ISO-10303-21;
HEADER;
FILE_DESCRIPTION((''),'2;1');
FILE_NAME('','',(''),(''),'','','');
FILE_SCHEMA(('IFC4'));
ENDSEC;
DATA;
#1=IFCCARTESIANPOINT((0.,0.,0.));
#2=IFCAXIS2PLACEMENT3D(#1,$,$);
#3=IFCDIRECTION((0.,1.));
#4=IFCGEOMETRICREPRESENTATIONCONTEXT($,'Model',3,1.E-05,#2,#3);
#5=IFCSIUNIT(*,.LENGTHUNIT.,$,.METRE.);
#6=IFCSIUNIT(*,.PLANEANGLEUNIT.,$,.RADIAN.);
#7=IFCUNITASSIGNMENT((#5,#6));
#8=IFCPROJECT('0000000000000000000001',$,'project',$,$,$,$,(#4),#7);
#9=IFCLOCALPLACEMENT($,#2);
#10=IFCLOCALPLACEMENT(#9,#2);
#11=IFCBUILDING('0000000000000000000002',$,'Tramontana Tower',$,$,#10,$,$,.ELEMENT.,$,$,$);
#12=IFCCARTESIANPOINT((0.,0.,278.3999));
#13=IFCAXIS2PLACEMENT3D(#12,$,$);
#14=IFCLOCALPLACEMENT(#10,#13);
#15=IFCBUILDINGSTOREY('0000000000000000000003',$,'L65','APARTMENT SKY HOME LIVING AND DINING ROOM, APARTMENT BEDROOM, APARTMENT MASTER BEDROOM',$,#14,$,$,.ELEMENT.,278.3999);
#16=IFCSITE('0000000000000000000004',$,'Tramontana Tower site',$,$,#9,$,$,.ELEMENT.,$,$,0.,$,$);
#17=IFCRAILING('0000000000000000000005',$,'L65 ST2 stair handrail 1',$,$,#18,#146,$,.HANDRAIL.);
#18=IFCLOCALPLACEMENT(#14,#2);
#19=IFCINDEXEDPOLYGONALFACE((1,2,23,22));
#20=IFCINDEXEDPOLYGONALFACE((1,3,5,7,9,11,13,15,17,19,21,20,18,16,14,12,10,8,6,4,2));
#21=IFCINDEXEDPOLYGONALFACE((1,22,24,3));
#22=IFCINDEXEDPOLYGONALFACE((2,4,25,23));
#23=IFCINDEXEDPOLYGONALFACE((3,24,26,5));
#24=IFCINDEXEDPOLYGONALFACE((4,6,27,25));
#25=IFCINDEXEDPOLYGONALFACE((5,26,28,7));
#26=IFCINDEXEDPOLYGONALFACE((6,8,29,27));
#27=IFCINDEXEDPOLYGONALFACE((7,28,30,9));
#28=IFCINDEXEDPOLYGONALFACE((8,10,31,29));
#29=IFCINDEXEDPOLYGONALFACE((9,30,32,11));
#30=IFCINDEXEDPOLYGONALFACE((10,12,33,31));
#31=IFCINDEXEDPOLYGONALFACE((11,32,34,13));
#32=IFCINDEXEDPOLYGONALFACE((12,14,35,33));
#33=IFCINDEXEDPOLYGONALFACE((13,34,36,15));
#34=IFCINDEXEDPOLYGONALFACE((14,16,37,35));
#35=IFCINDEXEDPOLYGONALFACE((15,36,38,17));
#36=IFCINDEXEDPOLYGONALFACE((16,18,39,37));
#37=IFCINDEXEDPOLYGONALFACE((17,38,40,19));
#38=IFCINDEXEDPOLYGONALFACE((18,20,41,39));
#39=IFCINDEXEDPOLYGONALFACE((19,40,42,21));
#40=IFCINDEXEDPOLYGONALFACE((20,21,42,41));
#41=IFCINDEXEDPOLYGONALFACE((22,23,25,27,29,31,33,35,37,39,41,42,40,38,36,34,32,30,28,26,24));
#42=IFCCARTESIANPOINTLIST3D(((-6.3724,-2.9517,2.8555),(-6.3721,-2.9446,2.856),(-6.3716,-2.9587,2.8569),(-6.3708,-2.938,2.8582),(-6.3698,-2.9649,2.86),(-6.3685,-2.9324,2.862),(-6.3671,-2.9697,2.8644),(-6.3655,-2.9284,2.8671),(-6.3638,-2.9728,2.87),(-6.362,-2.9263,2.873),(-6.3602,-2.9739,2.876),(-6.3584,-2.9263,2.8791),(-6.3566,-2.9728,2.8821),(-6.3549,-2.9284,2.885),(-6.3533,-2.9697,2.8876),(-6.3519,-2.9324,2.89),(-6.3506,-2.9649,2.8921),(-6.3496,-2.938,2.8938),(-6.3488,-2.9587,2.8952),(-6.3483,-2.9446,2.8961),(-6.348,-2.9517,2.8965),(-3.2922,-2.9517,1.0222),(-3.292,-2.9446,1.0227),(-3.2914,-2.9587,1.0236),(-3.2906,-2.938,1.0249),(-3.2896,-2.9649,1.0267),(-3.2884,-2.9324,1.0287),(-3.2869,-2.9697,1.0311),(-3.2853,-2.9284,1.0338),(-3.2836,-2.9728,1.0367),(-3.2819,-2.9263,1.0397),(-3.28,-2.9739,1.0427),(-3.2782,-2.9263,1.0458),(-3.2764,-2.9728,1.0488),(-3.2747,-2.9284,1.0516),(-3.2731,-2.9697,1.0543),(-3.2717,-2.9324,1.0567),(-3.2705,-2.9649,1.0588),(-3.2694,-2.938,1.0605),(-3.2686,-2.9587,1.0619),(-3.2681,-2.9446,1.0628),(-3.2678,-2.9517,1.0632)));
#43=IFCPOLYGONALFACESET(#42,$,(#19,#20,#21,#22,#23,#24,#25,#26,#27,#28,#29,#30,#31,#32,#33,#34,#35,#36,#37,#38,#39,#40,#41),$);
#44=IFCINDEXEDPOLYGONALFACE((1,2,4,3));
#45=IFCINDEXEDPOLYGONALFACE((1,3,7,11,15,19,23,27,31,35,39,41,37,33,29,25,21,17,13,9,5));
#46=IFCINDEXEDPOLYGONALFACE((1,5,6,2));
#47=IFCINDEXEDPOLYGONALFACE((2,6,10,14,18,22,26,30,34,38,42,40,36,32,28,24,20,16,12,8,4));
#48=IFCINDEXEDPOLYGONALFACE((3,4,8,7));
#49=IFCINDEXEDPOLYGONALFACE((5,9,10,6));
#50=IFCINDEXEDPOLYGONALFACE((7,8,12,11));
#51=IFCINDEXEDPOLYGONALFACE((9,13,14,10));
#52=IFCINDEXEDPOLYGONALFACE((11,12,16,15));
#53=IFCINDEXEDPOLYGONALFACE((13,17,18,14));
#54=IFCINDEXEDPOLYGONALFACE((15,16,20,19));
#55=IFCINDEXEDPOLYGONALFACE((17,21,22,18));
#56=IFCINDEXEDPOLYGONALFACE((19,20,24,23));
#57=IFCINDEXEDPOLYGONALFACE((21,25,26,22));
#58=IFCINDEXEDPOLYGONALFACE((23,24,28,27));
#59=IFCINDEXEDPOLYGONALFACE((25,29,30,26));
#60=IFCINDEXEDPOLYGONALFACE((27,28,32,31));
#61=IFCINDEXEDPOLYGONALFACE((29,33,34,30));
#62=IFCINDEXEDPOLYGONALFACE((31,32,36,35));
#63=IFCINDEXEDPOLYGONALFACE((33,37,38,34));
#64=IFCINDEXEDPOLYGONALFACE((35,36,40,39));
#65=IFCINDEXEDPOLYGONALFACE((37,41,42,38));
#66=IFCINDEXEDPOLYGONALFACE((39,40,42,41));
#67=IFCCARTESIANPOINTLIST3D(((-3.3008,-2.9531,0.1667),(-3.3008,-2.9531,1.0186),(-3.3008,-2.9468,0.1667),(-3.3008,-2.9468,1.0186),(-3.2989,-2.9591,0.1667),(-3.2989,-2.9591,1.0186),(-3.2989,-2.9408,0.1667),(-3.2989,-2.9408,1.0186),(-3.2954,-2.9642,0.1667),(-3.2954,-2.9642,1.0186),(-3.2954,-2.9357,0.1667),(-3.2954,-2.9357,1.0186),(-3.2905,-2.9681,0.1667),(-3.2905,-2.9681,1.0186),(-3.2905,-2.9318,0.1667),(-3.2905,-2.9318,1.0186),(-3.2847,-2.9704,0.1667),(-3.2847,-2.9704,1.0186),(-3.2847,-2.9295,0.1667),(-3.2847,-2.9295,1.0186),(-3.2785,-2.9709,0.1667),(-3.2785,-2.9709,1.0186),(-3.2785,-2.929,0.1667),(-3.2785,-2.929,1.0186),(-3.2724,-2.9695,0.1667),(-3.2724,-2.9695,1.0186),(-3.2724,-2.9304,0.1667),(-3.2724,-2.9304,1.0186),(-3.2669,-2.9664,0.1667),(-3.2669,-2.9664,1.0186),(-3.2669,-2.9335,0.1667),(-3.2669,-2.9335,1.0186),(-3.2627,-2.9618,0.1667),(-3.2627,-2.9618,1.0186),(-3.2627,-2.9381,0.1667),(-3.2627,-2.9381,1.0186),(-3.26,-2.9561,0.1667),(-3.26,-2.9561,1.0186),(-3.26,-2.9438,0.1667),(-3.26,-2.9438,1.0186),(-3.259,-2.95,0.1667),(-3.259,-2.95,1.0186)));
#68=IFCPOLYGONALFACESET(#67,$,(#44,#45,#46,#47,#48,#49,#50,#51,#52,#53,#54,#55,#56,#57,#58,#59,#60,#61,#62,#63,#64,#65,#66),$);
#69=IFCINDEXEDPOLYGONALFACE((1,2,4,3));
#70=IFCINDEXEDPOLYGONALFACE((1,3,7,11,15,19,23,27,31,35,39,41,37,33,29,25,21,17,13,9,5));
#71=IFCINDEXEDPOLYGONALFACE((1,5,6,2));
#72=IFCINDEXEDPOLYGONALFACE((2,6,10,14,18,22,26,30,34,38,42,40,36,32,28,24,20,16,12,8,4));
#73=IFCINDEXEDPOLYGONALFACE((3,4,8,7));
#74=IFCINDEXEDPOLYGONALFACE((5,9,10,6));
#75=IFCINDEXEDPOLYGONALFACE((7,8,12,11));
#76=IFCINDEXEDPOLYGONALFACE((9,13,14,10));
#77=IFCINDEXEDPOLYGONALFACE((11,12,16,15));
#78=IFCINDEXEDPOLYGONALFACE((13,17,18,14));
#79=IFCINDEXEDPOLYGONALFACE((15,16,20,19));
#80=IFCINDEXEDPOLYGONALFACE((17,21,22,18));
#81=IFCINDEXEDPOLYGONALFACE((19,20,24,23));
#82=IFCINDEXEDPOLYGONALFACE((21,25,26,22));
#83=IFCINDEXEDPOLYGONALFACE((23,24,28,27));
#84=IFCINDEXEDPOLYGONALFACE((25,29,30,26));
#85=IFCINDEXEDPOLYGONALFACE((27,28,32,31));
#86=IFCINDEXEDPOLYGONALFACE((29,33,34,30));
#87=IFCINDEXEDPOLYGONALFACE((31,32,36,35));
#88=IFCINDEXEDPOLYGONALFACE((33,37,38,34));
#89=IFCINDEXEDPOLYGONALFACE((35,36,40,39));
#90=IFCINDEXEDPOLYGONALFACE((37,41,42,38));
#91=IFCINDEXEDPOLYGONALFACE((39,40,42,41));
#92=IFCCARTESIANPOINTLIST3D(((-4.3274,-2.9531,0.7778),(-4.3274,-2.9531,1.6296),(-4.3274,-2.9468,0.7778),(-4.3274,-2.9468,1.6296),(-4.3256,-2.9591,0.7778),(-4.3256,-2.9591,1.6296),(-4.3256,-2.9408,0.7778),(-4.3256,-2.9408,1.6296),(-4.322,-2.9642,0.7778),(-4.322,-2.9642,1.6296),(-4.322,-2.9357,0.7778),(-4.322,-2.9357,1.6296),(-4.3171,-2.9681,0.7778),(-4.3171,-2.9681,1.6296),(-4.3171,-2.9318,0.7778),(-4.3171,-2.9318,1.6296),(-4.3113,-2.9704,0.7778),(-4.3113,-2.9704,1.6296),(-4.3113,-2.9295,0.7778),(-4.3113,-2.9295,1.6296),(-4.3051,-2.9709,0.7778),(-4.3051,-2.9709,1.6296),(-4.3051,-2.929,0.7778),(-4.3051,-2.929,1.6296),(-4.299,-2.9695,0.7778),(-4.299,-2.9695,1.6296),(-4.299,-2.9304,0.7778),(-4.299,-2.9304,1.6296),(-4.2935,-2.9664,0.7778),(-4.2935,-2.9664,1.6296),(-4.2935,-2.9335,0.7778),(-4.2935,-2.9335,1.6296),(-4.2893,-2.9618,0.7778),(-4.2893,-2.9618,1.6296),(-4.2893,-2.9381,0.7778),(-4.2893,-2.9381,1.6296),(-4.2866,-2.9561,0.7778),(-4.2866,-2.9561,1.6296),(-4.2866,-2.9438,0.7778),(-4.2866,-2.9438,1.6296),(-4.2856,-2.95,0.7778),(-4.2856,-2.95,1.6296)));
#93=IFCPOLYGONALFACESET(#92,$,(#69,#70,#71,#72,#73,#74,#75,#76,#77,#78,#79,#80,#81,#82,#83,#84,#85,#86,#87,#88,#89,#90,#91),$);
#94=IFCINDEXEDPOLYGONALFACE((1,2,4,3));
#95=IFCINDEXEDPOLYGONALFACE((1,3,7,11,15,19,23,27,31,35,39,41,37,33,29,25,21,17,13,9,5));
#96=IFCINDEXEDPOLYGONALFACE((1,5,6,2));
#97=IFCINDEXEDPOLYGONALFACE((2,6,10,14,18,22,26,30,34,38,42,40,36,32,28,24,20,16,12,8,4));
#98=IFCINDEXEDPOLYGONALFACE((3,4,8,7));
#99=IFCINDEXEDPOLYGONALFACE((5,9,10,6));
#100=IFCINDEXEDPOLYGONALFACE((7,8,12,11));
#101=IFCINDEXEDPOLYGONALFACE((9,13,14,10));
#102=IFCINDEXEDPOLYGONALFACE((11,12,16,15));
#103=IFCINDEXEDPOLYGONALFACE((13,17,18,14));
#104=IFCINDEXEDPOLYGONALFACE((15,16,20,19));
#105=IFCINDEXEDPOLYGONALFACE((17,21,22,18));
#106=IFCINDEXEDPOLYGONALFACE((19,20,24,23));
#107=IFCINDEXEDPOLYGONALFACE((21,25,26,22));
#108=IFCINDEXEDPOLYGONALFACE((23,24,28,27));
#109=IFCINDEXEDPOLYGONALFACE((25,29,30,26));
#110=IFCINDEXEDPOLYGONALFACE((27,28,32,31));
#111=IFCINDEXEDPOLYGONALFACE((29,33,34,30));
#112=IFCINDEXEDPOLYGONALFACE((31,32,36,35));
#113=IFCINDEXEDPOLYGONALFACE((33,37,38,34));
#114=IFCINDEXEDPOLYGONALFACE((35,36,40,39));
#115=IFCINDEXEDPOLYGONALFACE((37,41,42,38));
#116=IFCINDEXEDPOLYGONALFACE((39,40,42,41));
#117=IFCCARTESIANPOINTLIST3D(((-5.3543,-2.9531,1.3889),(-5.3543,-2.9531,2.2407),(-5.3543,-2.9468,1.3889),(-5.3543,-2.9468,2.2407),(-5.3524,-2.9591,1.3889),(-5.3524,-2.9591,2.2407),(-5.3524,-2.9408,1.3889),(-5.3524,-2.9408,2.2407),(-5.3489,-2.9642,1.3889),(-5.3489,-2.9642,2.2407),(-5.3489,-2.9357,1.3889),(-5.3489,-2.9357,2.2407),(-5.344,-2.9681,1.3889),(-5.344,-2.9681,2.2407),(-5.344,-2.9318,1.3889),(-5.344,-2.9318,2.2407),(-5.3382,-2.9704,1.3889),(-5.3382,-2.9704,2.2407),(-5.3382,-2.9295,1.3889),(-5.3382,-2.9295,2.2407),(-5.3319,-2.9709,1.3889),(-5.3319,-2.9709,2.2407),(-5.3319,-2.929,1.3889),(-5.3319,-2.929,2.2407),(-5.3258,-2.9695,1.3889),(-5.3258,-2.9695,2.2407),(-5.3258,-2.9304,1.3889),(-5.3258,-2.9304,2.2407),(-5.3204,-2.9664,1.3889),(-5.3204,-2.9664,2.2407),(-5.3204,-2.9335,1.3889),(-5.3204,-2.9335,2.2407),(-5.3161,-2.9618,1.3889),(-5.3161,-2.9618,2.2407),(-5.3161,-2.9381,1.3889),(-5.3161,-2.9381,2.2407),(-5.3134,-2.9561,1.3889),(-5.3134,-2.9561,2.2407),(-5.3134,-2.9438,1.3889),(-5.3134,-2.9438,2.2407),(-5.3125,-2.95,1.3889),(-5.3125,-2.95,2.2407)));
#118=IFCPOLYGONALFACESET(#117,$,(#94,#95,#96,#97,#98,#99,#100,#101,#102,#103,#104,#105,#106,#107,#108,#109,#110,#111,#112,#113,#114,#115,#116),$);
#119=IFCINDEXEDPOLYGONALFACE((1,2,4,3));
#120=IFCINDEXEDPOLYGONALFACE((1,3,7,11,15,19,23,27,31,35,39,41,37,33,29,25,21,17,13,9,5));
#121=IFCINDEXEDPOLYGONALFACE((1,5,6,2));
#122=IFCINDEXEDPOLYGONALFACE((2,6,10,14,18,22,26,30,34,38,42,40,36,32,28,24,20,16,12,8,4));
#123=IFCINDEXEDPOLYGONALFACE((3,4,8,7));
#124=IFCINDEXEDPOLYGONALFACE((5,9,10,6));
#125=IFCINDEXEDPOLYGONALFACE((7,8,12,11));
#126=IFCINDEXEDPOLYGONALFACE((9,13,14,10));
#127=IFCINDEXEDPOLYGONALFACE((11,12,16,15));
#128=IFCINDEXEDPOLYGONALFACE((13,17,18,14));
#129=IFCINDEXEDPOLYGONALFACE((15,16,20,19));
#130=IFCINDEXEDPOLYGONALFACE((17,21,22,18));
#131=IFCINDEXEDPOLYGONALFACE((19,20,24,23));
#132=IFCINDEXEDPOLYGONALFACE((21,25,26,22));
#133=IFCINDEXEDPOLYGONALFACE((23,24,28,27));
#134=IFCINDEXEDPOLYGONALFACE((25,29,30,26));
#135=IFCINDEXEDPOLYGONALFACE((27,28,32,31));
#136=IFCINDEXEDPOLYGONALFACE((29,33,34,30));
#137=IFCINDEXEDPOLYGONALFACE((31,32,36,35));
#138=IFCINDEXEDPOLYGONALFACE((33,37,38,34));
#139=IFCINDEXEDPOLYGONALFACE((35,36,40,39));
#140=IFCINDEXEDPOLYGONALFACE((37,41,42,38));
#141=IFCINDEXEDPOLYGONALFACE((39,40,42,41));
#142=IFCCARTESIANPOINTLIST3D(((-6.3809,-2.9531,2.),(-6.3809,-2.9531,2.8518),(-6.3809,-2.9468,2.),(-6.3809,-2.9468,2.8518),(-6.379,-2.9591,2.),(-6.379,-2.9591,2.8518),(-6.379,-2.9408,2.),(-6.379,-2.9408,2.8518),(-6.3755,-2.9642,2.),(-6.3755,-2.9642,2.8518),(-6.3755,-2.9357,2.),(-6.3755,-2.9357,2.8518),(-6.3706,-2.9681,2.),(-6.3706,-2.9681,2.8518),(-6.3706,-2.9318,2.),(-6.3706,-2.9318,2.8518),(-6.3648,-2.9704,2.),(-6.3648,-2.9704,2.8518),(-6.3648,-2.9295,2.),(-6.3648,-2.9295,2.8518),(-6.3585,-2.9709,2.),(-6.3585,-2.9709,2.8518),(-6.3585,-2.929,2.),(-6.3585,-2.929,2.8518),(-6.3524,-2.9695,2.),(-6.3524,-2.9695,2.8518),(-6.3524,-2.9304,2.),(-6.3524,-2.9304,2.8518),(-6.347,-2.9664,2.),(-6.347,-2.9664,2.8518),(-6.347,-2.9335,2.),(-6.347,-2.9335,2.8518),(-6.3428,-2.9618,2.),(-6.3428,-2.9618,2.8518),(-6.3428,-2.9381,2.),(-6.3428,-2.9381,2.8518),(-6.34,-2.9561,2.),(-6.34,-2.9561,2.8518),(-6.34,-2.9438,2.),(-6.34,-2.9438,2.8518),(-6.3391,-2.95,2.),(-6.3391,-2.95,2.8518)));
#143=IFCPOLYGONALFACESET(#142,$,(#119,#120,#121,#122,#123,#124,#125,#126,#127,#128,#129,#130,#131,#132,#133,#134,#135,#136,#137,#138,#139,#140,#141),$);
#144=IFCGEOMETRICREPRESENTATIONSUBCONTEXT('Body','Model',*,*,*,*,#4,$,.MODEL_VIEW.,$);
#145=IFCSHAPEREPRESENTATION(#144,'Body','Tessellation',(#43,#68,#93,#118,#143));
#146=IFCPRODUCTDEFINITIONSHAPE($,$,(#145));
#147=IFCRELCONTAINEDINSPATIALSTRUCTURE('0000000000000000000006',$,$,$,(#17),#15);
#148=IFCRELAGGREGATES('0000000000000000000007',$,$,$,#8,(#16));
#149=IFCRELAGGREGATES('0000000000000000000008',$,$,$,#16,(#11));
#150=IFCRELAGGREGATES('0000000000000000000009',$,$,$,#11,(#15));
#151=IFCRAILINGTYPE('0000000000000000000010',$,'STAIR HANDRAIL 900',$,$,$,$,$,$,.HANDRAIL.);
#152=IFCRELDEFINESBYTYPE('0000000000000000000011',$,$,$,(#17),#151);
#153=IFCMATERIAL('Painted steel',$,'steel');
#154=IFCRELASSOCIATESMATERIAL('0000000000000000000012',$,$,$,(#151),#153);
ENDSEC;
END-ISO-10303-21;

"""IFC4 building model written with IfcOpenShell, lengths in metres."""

from ifc_helpers import new_model, si_unit, direction, frame, origin, origin_2d, place, context, subcontext, project, spatial, circle, extrude, material, type_object, element, save


model = new_model("IFC4")

# Units and contexts
model_context = context("Model", 3, precision=1e-05, world=origin(), true_north=direction((0.0, 1.0)))
body_context = subcontext(model_context, "Body", "Model", "MODEL_VIEW")
ifc_project = project(units=[si_unit("LENGTHUNIT", "METRE"), si_unit("PLANEANGLEUNIT", "RADIAN")], contexts=[model_context])

# Site, building, storey
site_placement = place(None, origin())
site = spatial("IfcSite", under=ifc_project, at=site_placement, Name="Tramontana Tower site", CompositionType="ELEMENT", RefElevation=0.0)
building_placement = place(site_placement, origin())
building = spatial("IfcBuilding", under=site, at=building_placement, Name="Tramontana Tower", CompositionType="ELEMENT")
storey_placement = place(building_placement, frame((0.0, 0.0, 278.3999)))
storey = spatial("IfcBuildingStorey", under=building, at=storey_placement, Name="L65", Description="APARTMENT SKY HOME LIVING AND DINING ROOM, APARTMENT BEDROOM, APARTMENT MASTER BEDROOM", CompositionType="ELEMENT", Elevation=278.3999)

# Railing
ifc_material_1 = material(Name="Painted steel", Category="steel")
railing_type_1 = type_object("IfcRailingType", Name="STAIR HANDRAIL 900", PredefinedType="HANDRAIL", material=ifc_material_1)
railing_1_placement = place(storey_placement, frame((-3.28, -2.95, 0.1667)))
element("IfcRailing", 1, at=railing_1_placement, inside=storey, type_object=railing_type_1, Name="L65 ST2 stair handrail 1", PredefinedType="HANDRAIL", context=body_context, shape_type="SweptSolid", body=[
    extrude(circle(Radius=0.0239, at=origin_2d()), frame((0.0, 0.0, 0.876), z_axis=(-0.859309, 0.0, 0.511458), x_axis=(0.0, -1.0, 0.0)), (0.0, 0.0, 1.0), 3.5845),
    extrude(circle(Radius=0.021, at=origin_2d()), origin(), (0.0, 0.0, 1.0), 0.8518),
    extrude(circle(Radius=0.021, at=origin_2d()), frame((-1.0266, 0.0, 0.6111)), (0.0, 0.0, 1.0), 0.8518),
    extrude(circle(Radius=0.021, at=origin_2d()), frame((-2.0535, 0.0, 1.2222)), (0.0, 0.0, 1.0), 0.8518),
    extrude(circle(Radius=0.021, at=origin_2d()), frame((-3.0801, 0.0, 1.8333)), (0.0, 0.0, 1.0), 0.8518),
])

save(model, "model.ifc")
